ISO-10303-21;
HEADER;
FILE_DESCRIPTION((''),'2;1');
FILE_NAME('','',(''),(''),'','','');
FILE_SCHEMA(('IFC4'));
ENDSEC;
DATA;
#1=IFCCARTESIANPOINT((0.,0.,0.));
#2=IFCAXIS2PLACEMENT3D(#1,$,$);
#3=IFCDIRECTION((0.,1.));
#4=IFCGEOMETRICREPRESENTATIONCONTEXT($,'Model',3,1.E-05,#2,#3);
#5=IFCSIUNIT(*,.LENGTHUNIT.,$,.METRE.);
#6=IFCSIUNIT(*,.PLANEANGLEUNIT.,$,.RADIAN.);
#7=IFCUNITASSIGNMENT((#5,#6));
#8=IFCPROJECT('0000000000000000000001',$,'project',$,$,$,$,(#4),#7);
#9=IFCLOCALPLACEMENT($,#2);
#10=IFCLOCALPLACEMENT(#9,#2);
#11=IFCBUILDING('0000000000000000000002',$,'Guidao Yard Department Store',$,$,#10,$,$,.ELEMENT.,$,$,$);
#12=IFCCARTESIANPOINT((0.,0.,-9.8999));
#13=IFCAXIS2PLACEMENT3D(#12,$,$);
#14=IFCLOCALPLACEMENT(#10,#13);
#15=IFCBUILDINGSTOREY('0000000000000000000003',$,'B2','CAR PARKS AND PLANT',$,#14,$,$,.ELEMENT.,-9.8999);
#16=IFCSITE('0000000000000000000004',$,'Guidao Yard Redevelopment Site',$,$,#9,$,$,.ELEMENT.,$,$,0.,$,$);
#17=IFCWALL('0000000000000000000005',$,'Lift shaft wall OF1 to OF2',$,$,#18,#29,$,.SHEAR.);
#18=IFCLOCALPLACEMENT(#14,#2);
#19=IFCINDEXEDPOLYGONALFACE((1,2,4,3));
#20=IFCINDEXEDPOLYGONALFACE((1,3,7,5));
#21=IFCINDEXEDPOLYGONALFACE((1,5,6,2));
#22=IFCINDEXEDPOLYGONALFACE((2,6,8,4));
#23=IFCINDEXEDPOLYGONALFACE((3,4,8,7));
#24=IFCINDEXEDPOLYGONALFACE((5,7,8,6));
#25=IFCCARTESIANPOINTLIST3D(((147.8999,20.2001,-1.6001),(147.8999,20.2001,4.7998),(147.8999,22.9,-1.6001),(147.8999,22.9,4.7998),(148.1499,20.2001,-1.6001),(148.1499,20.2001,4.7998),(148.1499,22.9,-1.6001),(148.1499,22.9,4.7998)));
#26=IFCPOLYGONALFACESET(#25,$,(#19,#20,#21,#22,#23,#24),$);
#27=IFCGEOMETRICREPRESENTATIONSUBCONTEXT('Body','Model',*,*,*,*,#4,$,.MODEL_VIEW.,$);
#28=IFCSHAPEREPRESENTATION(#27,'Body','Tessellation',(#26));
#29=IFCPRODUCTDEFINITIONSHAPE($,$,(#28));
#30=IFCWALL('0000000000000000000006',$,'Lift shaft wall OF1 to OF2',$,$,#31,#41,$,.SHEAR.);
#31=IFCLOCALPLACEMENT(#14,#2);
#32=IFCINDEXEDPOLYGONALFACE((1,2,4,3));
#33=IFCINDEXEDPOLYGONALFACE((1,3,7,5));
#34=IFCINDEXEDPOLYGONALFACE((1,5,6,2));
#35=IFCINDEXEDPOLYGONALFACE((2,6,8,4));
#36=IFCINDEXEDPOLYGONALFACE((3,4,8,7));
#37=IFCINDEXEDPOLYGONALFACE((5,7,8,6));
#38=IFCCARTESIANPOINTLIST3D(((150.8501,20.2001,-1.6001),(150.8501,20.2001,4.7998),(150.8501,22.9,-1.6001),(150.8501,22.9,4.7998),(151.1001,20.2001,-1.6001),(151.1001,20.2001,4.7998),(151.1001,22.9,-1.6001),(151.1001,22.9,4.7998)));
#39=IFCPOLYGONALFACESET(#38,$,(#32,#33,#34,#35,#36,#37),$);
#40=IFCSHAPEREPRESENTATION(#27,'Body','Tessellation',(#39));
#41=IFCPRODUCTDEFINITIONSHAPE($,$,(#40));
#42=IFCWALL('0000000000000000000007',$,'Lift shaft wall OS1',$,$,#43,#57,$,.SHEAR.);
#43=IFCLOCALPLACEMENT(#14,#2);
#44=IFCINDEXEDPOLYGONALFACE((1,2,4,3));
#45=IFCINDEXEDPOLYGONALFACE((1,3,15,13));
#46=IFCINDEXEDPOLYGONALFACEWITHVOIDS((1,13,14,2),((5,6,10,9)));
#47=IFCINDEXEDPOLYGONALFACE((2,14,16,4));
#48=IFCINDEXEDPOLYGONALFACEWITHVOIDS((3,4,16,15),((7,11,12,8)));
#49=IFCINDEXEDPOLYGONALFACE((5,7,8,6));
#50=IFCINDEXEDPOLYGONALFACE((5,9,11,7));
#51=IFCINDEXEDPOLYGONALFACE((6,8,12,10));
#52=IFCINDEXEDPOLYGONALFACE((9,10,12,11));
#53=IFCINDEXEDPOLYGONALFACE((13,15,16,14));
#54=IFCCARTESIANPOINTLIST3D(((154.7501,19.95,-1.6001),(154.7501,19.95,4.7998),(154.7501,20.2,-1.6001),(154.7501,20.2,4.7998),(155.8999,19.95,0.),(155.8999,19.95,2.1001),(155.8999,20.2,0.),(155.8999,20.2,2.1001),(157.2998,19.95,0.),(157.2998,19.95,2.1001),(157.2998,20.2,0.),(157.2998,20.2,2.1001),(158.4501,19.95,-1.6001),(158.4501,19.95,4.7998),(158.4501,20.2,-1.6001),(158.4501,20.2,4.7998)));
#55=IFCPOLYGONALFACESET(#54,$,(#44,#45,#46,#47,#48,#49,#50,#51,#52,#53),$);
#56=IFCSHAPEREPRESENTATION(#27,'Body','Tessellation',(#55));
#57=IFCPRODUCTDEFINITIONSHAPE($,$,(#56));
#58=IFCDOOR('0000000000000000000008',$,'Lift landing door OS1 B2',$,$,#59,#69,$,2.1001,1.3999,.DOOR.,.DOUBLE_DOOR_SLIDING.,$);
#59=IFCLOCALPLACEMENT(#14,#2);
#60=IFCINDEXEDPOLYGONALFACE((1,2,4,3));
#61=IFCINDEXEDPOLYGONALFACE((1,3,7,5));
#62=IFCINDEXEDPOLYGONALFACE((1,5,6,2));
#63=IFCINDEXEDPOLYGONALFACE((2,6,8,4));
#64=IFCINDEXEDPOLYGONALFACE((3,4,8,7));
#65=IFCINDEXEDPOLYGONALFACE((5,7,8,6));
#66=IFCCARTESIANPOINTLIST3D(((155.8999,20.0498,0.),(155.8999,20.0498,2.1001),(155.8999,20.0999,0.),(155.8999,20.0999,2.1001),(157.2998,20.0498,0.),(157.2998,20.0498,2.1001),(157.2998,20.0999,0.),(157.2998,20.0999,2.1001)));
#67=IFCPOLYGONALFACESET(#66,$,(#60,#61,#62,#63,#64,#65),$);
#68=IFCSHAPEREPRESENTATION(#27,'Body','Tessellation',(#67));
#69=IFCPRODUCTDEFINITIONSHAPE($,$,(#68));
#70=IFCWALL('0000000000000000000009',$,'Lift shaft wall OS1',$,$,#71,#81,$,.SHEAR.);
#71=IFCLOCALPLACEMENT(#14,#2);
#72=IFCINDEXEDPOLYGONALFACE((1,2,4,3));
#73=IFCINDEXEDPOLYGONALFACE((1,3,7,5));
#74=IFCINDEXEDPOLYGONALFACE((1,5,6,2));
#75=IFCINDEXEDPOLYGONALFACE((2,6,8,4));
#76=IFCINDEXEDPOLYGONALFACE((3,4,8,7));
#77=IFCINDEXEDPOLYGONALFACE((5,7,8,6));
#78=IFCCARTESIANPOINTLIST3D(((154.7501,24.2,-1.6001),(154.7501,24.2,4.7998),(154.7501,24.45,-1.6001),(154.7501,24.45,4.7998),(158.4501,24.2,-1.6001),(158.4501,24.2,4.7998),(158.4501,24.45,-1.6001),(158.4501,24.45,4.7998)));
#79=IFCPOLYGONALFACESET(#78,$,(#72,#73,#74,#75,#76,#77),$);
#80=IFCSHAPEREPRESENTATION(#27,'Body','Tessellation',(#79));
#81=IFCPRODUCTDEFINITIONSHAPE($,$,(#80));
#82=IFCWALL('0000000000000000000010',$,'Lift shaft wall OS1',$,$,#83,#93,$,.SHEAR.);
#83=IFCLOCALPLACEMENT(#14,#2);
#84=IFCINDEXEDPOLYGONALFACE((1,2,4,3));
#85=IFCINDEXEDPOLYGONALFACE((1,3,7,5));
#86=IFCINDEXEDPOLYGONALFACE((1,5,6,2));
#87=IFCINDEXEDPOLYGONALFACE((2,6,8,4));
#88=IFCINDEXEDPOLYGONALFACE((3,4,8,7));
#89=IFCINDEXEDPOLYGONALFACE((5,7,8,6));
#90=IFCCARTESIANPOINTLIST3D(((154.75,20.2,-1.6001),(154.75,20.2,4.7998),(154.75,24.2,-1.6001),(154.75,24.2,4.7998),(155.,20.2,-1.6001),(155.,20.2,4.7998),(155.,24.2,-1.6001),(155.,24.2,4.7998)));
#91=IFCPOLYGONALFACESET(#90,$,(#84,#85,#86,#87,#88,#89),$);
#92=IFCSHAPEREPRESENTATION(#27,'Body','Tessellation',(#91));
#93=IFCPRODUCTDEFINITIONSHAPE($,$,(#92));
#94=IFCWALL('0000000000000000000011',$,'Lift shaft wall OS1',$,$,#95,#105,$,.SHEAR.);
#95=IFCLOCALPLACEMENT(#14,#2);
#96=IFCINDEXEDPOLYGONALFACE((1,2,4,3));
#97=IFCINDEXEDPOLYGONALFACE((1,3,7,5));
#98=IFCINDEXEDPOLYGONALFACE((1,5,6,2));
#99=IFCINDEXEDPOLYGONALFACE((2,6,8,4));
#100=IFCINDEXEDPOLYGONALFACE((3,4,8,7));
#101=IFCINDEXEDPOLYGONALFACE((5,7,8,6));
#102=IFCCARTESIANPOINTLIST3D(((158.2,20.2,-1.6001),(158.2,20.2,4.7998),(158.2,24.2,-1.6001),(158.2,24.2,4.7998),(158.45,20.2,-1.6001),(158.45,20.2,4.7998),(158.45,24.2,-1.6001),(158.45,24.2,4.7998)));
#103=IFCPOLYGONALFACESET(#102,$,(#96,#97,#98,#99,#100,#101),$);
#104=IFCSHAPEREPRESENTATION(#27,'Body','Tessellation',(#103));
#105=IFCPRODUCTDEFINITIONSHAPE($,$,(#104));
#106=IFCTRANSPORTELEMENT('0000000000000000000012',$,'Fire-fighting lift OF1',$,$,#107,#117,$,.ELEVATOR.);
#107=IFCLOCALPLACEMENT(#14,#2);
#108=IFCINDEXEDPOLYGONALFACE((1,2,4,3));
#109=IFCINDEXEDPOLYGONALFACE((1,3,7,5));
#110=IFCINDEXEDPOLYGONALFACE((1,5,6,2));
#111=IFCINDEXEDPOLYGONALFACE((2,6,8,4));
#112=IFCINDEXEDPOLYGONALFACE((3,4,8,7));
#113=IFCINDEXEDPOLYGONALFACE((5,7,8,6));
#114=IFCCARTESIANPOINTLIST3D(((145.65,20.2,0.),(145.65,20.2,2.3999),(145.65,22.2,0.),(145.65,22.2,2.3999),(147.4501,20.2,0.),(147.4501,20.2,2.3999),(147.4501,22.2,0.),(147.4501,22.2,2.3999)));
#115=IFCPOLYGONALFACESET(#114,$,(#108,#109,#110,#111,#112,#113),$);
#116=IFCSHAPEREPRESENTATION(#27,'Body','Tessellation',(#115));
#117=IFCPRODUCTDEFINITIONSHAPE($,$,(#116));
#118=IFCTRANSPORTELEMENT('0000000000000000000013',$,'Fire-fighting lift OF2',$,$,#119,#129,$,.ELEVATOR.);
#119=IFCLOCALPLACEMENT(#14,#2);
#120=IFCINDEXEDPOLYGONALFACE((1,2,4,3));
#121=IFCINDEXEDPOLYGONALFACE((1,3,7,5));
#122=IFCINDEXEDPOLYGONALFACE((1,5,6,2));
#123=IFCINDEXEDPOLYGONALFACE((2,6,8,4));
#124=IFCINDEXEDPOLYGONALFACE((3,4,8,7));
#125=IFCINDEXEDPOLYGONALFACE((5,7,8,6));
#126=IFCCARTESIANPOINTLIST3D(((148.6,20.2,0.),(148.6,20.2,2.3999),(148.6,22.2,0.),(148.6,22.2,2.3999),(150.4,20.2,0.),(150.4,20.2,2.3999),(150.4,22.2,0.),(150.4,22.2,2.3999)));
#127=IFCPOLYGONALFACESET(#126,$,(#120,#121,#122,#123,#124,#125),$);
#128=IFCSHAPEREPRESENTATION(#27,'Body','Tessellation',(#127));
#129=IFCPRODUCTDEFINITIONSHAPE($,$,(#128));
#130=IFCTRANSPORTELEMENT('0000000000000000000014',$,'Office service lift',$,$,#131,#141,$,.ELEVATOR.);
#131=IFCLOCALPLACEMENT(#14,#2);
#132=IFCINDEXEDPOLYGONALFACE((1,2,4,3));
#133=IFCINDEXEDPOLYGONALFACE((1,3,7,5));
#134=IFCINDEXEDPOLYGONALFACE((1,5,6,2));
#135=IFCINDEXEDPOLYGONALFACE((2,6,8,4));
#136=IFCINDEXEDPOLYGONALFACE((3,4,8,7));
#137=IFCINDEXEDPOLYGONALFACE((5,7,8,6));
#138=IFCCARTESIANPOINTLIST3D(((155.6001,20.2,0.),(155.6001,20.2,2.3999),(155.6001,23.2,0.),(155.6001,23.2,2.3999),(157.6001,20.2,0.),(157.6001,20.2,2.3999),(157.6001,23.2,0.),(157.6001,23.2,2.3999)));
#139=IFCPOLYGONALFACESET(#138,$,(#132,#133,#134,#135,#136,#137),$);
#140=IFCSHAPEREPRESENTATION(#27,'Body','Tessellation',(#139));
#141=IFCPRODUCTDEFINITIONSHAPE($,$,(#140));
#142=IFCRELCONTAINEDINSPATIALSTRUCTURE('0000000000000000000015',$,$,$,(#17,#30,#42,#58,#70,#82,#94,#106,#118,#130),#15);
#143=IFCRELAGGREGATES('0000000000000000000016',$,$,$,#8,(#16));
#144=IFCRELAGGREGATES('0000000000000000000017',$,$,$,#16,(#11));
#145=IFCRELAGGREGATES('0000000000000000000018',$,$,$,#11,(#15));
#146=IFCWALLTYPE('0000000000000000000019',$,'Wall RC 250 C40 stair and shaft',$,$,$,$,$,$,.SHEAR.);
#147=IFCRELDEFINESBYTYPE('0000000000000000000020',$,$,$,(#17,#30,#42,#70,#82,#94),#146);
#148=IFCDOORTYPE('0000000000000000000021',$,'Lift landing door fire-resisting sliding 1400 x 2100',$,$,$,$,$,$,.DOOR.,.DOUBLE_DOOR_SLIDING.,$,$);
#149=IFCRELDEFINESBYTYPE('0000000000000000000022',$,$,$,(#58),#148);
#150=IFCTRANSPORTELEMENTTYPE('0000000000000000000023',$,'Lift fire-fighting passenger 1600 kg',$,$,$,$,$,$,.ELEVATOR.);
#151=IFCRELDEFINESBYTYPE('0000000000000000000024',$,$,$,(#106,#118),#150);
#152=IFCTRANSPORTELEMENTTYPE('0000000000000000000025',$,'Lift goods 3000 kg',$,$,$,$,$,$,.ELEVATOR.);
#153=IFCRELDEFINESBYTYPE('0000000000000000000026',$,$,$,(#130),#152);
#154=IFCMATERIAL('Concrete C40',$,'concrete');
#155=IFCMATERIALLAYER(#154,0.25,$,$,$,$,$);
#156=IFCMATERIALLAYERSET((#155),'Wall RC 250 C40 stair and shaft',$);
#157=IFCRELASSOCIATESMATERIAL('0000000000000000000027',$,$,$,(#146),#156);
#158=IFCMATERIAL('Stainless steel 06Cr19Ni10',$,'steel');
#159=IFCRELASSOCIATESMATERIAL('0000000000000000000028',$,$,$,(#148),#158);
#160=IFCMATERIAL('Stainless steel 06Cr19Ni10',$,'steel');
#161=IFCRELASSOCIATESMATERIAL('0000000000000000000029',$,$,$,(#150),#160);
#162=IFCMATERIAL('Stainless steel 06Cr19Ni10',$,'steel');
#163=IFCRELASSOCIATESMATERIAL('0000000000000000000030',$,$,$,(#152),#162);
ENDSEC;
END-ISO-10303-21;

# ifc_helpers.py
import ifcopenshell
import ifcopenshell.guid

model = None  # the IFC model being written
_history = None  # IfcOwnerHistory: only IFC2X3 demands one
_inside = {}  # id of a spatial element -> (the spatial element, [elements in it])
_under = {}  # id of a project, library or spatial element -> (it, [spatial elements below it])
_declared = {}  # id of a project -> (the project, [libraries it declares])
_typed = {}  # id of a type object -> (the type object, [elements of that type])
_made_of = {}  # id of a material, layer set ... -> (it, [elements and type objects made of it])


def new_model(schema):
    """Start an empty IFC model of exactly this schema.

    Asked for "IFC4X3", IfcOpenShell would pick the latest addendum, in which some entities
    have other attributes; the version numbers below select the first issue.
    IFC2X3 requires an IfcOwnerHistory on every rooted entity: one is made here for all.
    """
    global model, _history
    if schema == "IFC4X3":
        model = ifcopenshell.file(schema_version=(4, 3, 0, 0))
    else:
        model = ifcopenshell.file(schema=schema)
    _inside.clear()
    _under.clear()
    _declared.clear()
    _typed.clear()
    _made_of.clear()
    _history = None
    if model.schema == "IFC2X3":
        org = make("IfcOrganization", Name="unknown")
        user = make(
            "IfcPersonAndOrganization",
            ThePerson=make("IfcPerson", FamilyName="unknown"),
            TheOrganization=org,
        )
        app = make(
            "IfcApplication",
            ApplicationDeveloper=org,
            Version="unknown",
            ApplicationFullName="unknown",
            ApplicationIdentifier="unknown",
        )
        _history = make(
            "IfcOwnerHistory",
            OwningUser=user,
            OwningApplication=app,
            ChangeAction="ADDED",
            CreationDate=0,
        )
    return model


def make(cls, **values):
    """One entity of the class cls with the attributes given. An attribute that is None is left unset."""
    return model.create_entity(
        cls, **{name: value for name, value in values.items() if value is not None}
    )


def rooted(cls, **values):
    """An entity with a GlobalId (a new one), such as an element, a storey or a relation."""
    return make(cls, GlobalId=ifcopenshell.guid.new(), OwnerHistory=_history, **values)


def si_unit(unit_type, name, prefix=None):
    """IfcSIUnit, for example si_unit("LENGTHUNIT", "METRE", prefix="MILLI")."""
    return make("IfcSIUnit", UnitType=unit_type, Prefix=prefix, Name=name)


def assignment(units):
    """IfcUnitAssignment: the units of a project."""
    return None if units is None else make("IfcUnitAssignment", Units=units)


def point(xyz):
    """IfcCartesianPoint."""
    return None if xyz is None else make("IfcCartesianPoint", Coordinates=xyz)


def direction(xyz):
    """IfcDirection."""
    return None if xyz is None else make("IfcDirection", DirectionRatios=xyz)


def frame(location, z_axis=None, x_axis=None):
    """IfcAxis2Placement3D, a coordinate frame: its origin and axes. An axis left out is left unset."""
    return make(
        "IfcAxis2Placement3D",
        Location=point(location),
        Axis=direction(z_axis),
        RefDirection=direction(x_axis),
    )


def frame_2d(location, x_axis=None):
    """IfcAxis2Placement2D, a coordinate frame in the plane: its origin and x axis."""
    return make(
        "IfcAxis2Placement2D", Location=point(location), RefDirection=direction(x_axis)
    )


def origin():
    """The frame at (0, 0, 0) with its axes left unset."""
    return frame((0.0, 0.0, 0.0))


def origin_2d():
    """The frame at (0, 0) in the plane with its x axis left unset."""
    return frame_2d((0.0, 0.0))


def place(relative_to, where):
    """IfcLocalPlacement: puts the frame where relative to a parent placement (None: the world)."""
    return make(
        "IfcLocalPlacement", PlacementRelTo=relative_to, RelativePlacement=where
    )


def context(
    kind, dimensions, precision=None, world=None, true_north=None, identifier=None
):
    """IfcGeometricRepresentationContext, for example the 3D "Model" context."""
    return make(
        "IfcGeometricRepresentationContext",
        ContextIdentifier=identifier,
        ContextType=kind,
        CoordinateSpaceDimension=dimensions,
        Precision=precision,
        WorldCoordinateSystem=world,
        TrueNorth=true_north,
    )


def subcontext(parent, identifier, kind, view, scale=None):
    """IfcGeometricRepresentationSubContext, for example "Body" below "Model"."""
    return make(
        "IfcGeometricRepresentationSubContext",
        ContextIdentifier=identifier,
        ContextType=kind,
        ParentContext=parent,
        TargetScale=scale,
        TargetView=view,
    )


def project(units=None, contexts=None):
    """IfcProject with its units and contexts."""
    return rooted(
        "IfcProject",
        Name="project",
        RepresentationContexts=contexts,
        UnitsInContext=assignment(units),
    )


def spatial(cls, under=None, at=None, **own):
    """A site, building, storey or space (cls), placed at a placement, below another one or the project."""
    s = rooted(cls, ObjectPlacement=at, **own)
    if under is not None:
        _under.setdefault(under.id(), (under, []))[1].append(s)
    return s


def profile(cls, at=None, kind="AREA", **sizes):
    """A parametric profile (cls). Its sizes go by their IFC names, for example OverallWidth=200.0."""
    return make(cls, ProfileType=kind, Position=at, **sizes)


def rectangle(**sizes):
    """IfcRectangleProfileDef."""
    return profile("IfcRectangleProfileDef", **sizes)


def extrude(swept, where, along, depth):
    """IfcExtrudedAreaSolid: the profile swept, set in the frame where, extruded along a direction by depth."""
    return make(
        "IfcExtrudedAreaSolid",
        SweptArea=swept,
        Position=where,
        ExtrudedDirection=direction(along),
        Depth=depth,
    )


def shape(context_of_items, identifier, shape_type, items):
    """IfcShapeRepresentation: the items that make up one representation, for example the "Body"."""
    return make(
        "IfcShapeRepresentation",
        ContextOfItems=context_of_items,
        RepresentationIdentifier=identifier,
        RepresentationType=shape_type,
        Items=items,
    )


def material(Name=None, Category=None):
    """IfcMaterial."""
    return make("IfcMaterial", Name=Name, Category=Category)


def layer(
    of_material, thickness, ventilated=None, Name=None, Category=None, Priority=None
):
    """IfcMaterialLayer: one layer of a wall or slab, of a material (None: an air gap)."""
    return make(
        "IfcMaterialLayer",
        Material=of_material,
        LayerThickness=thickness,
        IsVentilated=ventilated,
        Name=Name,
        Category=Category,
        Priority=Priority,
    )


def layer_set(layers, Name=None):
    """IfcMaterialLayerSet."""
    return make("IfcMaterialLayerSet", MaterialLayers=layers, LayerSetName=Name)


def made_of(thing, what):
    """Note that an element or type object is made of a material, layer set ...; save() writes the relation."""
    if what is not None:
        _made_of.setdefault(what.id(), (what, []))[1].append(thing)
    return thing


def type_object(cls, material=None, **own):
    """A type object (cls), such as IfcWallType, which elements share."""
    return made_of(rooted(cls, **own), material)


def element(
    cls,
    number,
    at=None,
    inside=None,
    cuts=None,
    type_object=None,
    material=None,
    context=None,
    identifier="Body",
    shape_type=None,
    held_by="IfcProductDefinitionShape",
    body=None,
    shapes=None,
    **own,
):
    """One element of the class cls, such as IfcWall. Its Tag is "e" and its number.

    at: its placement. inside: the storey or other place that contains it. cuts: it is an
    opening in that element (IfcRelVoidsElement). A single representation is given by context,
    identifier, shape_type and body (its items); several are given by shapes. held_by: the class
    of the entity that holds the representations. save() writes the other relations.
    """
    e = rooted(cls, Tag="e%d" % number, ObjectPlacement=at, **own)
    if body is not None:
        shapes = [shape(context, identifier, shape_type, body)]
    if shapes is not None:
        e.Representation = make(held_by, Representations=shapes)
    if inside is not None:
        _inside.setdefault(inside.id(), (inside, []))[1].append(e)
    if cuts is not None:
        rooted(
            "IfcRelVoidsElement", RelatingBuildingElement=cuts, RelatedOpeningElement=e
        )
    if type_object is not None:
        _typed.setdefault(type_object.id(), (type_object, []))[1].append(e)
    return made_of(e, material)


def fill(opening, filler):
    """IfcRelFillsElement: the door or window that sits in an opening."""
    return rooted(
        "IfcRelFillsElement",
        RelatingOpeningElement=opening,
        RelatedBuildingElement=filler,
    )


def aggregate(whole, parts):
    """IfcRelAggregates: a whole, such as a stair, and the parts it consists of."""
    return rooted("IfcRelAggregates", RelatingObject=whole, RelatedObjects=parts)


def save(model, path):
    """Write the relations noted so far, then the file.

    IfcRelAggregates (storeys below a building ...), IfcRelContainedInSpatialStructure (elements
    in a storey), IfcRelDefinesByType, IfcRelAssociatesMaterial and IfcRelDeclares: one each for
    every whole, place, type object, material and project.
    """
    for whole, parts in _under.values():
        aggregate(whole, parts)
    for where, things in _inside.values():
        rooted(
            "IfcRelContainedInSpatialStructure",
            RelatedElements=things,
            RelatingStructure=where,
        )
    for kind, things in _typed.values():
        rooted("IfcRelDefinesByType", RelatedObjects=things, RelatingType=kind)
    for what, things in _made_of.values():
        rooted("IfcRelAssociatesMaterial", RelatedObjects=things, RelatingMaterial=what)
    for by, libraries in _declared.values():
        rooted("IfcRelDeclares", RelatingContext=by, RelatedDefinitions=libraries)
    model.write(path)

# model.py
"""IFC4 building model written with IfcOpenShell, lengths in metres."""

from ifc_helpers import new_model, si_unit, direction, frame, frame_2d, origin, origin_2d, place, context, subcontext, project, spatial, rectangle, extrude, material, layer, layer_set, type_object, element, fill, save


model = new_model("IFC4")

# Units and contexts
model_context = context("Model", 3, precision=1e-05, world=origin(), true_north=direction((0.0, 1.0)))
body_context = subcontext(model_context, "Body", "Model", "MODEL_VIEW")
ifc_project = project(units=[si_unit("LENGTHUNIT", "METRE"), si_unit("PLANEANGLEUNIT", "RADIAN")], contexts=[model_context])

# Site, building, storey
site_placement = place(None, origin())
site = spatial("IfcSite", under=ifc_project, at=site_placement, Name="Guidao Yard Redevelopment Site", CompositionType="ELEMENT", RefElevation=0.0)
building_placement = place(site_placement, origin())
building = spatial("IfcBuilding", under=site, at=building_placement, Name="Guidao Yard Department Store", CompositionType="ELEMENT")
storey_placement = place(building_placement, frame((0.0, 0.0, -9.8999)))
storey = spatial("IfcBuildingStorey", under=building, at=storey_placement, Name="B2", Description="CAR PARKS AND PLANT", CompositionType="ELEMENT", Elevation=-9.8999)

# Walls
ifc_material_1 = material(Name="Concrete C40", Category="concrete")
ifc_layer_1 = layer(ifc_material_1, 0.25)
ifc_layer_set_1 = layer_set([ifc_layer_1], Name="Wall RC 250 C40 stair and shaft")
wall_type_1 = type_object("IfcWallType", Name="Wall RC 250 C40 stair and shaft", PredefinedType="SHEAR", material=ifc_layer_set_1)
for number, where, z_axis, x_axis, name in (
    (1, (148.0249, 20.2, -1.6001), (0.0, 0.0, 1.0), (0.0, 1.0, 0.0), "Lift shaft wall OF1 to OF2"),
    (2, (150.9751, 20.2, -1.6001), (0.0, 0.0, 1.0), (0.0, 1.0, 0.0), "Lift shaft wall OF1 to OF2"),
):
    element("IfcWall", number, at=place(storey_placement, frame(where, z_axis=z_axis, x_axis=x_axis)), inside=storey, type_object=wall_type_1, Name=name, PredefinedType="SHEAR", context=body_context, shape_type="SweptSolid", body=[
        extrude(rectangle(XDim=2.7, YDim=0.25, at=frame_2d((1.3501, 0.0))), origin(), (0.0, 0.0, 1.0), 6.3999),
    ])

# Wall, opening, door
wall_1_placement = place(storey_placement, frame((154.75, 20.075, -1.6001), z_axis=(0.0, 0.0, 1.0), x_axis=(1.0, 0.0, 0.0)))
wall_1 = element("IfcWall", 3, at=wall_1_placement, inside=storey, type_object=wall_type_1, Name="Lift shaft wall OS1", PredefinedType="SHEAR", context=body_context, shape_type="SweptSolid", body=[
    extrude(rectangle(XDim=3.7, YDim=0.25, at=frame_2d((1.8501, 0.0))), origin(), (0.0, 0.0, 1.0), 6.3999),
])
opening_placement = place(wall_1_placement, frame((1.1499, 0.0, 1.6001)))
opening = element("IfcOpeningElement", 4, at=opening_placement, cuts=wall_1, PredefinedType="OPENING", context=body_context, shape_type="SweptSolid", body=[
    extrude(rectangle(XDim=1.3999, YDim=2.1001, at=frame_2d((0.7, 1.05))), frame((0.0, 0.135, 0.0), z_axis=(0.0, -1.0, 0.0), x_axis=(1.0, 0.0, 0.0)), (0.0, 0.0, 1.0), 0.27),
])
ifc_material_2 = material(Name="Stainless steel 06Cr19Ni10", Category="steel")
door_type = type_object("IfcDoorType", Name="Lift landing door fire-resisting sliding 1400 x 2100", OperationType="DOUBLE_DOOR_SLIDING", PredefinedType="DOOR", material=ifc_material_2)
door_placement = place(opening_placement, origin())
door = element("IfcDoor", 5, at=door_placement, inside=storey, type_object=door_type, Name="Lift landing door OS1 B2", OperationType="DOUBLE_DOOR_SLIDING", OverallHeight=2.1001, OverallWidth=1.3999, PredefinedType="DOOR", context=body_context, shape_type="SweptSolid", body=[
    extrude(rectangle(XDim=1.3999, YDim=2.1001, at=frame_2d((0.7, 1.05))), frame((0.0, 0.0249, 0.0), z_axis=(0.0, -1.0, 0.0), x_axis=(1.0, 0.0, 0.0)), (0.0, 0.0, 1.0), 0.05),
])
fill(opening, door)

# Walls
wall_2_placement = place(storey_placement, frame((154.75, 24.325, -1.6001), z_axis=(0.0, 0.0, 1.0), x_axis=(1.0, 0.0, 0.0)))
element("IfcWall", 6, at=wall_2_placement, inside=storey, type_object=wall_type_1, Name="Lift shaft wall OS1", PredefinedType="SHEAR", context=body_context, shape_type="SweptSolid", body=[
    extrude(rectangle(XDim=3.7, YDim=0.25, at=frame_2d((1.8501, 0.0))), origin(), (0.0, 0.0, 1.0), 6.3999),
])
for number, where, z_axis, x_axis, name in (
    (7, (154.875, 20.2, -1.6001), (0.0, 0.0, 1.0), (0.0, 1.0, 0.0), "Lift shaft wall OS1"),
    (8, (158.325, 20.2, -1.6001), (0.0, 0.0, 1.0), (0.0, 1.0, 0.0), "Lift shaft wall OS1"),
):
    element("IfcWall", number, at=place(storey_placement, frame(where, z_axis=z_axis, x_axis=x_axis)), inside=storey, type_object=wall_type_1, Name=name, PredefinedType="SHEAR", context=body_context, shape_type="SweptSolid", body=[
        extrude(rectangle(XDim=4.0, YDim=0.25, at=frame_2d((2.0, 0.0))), origin(), (0.0, 0.0, 1.0), 6.3999),
    ])

# Transport elements
ifc_material_3 = material(Name="Stainless steel 06Cr19Ni10", Category="steel")
transport_element_type_1 = type_object("IfcTransportElementType", Name="Lift fire-fighting passenger 1600 kg", PredefinedType="ELEVATOR", material=ifc_material_3)
for number, where, z_axis, x_axis, name in (
    (9, (146.55, 21.2, 0.0), (0.0, 0.0, 1.0), (1.0, 0.0, 0.0), "Fire-fighting lift OF1"),
    (10, (149.5, 21.2, 0.0), (0.0, 0.0, 1.0), (1.0, 0.0, 0.0), "Fire-fighting lift OF2"),
):
    element("IfcTransportElement", number, at=place(storey_placement, frame(where, z_axis=z_axis, x_axis=x_axis)), inside=storey, type_object=transport_element_type_1, Name=name, PredefinedType="ELEVATOR", context=body_context, shape_type="SweptSolid", body=[
        extrude(rectangle(XDim=1.8, YDim=2.0, at=origin_2d()), origin(), (0.0, 0.0, 1.0), 2.3999),
    ])
ifc_material_4 = material(Name="Stainless steel 06Cr19Ni10", Category="steel")
transport_element_type_2 = type_object("IfcTransportElementType", Name="Lift goods 3000 kg", PredefinedType="ELEVATOR", material=ifc_material_4)
transport_element_placement = place(storey_placement, frame((156.6001, 21.7, 0.0), z_axis=(0.0, 0.0, 1.0), x_axis=(1.0, 0.0, 0.0)))
element("IfcTransportElement", 11, at=transport_element_placement, inside=storey, type_object=transport_element_type_2, Name="Office service lift", PredefinedType="ELEVATOR", context=body_context, shape_type="SweptSolid", body=[
    extrude(rectangle(XDim=2.0, YDim=3.0, at=origin_2d()), origin(), (0.0, 0.0, 1.0), 2.3999),
])

save(model, "model.ifc")
